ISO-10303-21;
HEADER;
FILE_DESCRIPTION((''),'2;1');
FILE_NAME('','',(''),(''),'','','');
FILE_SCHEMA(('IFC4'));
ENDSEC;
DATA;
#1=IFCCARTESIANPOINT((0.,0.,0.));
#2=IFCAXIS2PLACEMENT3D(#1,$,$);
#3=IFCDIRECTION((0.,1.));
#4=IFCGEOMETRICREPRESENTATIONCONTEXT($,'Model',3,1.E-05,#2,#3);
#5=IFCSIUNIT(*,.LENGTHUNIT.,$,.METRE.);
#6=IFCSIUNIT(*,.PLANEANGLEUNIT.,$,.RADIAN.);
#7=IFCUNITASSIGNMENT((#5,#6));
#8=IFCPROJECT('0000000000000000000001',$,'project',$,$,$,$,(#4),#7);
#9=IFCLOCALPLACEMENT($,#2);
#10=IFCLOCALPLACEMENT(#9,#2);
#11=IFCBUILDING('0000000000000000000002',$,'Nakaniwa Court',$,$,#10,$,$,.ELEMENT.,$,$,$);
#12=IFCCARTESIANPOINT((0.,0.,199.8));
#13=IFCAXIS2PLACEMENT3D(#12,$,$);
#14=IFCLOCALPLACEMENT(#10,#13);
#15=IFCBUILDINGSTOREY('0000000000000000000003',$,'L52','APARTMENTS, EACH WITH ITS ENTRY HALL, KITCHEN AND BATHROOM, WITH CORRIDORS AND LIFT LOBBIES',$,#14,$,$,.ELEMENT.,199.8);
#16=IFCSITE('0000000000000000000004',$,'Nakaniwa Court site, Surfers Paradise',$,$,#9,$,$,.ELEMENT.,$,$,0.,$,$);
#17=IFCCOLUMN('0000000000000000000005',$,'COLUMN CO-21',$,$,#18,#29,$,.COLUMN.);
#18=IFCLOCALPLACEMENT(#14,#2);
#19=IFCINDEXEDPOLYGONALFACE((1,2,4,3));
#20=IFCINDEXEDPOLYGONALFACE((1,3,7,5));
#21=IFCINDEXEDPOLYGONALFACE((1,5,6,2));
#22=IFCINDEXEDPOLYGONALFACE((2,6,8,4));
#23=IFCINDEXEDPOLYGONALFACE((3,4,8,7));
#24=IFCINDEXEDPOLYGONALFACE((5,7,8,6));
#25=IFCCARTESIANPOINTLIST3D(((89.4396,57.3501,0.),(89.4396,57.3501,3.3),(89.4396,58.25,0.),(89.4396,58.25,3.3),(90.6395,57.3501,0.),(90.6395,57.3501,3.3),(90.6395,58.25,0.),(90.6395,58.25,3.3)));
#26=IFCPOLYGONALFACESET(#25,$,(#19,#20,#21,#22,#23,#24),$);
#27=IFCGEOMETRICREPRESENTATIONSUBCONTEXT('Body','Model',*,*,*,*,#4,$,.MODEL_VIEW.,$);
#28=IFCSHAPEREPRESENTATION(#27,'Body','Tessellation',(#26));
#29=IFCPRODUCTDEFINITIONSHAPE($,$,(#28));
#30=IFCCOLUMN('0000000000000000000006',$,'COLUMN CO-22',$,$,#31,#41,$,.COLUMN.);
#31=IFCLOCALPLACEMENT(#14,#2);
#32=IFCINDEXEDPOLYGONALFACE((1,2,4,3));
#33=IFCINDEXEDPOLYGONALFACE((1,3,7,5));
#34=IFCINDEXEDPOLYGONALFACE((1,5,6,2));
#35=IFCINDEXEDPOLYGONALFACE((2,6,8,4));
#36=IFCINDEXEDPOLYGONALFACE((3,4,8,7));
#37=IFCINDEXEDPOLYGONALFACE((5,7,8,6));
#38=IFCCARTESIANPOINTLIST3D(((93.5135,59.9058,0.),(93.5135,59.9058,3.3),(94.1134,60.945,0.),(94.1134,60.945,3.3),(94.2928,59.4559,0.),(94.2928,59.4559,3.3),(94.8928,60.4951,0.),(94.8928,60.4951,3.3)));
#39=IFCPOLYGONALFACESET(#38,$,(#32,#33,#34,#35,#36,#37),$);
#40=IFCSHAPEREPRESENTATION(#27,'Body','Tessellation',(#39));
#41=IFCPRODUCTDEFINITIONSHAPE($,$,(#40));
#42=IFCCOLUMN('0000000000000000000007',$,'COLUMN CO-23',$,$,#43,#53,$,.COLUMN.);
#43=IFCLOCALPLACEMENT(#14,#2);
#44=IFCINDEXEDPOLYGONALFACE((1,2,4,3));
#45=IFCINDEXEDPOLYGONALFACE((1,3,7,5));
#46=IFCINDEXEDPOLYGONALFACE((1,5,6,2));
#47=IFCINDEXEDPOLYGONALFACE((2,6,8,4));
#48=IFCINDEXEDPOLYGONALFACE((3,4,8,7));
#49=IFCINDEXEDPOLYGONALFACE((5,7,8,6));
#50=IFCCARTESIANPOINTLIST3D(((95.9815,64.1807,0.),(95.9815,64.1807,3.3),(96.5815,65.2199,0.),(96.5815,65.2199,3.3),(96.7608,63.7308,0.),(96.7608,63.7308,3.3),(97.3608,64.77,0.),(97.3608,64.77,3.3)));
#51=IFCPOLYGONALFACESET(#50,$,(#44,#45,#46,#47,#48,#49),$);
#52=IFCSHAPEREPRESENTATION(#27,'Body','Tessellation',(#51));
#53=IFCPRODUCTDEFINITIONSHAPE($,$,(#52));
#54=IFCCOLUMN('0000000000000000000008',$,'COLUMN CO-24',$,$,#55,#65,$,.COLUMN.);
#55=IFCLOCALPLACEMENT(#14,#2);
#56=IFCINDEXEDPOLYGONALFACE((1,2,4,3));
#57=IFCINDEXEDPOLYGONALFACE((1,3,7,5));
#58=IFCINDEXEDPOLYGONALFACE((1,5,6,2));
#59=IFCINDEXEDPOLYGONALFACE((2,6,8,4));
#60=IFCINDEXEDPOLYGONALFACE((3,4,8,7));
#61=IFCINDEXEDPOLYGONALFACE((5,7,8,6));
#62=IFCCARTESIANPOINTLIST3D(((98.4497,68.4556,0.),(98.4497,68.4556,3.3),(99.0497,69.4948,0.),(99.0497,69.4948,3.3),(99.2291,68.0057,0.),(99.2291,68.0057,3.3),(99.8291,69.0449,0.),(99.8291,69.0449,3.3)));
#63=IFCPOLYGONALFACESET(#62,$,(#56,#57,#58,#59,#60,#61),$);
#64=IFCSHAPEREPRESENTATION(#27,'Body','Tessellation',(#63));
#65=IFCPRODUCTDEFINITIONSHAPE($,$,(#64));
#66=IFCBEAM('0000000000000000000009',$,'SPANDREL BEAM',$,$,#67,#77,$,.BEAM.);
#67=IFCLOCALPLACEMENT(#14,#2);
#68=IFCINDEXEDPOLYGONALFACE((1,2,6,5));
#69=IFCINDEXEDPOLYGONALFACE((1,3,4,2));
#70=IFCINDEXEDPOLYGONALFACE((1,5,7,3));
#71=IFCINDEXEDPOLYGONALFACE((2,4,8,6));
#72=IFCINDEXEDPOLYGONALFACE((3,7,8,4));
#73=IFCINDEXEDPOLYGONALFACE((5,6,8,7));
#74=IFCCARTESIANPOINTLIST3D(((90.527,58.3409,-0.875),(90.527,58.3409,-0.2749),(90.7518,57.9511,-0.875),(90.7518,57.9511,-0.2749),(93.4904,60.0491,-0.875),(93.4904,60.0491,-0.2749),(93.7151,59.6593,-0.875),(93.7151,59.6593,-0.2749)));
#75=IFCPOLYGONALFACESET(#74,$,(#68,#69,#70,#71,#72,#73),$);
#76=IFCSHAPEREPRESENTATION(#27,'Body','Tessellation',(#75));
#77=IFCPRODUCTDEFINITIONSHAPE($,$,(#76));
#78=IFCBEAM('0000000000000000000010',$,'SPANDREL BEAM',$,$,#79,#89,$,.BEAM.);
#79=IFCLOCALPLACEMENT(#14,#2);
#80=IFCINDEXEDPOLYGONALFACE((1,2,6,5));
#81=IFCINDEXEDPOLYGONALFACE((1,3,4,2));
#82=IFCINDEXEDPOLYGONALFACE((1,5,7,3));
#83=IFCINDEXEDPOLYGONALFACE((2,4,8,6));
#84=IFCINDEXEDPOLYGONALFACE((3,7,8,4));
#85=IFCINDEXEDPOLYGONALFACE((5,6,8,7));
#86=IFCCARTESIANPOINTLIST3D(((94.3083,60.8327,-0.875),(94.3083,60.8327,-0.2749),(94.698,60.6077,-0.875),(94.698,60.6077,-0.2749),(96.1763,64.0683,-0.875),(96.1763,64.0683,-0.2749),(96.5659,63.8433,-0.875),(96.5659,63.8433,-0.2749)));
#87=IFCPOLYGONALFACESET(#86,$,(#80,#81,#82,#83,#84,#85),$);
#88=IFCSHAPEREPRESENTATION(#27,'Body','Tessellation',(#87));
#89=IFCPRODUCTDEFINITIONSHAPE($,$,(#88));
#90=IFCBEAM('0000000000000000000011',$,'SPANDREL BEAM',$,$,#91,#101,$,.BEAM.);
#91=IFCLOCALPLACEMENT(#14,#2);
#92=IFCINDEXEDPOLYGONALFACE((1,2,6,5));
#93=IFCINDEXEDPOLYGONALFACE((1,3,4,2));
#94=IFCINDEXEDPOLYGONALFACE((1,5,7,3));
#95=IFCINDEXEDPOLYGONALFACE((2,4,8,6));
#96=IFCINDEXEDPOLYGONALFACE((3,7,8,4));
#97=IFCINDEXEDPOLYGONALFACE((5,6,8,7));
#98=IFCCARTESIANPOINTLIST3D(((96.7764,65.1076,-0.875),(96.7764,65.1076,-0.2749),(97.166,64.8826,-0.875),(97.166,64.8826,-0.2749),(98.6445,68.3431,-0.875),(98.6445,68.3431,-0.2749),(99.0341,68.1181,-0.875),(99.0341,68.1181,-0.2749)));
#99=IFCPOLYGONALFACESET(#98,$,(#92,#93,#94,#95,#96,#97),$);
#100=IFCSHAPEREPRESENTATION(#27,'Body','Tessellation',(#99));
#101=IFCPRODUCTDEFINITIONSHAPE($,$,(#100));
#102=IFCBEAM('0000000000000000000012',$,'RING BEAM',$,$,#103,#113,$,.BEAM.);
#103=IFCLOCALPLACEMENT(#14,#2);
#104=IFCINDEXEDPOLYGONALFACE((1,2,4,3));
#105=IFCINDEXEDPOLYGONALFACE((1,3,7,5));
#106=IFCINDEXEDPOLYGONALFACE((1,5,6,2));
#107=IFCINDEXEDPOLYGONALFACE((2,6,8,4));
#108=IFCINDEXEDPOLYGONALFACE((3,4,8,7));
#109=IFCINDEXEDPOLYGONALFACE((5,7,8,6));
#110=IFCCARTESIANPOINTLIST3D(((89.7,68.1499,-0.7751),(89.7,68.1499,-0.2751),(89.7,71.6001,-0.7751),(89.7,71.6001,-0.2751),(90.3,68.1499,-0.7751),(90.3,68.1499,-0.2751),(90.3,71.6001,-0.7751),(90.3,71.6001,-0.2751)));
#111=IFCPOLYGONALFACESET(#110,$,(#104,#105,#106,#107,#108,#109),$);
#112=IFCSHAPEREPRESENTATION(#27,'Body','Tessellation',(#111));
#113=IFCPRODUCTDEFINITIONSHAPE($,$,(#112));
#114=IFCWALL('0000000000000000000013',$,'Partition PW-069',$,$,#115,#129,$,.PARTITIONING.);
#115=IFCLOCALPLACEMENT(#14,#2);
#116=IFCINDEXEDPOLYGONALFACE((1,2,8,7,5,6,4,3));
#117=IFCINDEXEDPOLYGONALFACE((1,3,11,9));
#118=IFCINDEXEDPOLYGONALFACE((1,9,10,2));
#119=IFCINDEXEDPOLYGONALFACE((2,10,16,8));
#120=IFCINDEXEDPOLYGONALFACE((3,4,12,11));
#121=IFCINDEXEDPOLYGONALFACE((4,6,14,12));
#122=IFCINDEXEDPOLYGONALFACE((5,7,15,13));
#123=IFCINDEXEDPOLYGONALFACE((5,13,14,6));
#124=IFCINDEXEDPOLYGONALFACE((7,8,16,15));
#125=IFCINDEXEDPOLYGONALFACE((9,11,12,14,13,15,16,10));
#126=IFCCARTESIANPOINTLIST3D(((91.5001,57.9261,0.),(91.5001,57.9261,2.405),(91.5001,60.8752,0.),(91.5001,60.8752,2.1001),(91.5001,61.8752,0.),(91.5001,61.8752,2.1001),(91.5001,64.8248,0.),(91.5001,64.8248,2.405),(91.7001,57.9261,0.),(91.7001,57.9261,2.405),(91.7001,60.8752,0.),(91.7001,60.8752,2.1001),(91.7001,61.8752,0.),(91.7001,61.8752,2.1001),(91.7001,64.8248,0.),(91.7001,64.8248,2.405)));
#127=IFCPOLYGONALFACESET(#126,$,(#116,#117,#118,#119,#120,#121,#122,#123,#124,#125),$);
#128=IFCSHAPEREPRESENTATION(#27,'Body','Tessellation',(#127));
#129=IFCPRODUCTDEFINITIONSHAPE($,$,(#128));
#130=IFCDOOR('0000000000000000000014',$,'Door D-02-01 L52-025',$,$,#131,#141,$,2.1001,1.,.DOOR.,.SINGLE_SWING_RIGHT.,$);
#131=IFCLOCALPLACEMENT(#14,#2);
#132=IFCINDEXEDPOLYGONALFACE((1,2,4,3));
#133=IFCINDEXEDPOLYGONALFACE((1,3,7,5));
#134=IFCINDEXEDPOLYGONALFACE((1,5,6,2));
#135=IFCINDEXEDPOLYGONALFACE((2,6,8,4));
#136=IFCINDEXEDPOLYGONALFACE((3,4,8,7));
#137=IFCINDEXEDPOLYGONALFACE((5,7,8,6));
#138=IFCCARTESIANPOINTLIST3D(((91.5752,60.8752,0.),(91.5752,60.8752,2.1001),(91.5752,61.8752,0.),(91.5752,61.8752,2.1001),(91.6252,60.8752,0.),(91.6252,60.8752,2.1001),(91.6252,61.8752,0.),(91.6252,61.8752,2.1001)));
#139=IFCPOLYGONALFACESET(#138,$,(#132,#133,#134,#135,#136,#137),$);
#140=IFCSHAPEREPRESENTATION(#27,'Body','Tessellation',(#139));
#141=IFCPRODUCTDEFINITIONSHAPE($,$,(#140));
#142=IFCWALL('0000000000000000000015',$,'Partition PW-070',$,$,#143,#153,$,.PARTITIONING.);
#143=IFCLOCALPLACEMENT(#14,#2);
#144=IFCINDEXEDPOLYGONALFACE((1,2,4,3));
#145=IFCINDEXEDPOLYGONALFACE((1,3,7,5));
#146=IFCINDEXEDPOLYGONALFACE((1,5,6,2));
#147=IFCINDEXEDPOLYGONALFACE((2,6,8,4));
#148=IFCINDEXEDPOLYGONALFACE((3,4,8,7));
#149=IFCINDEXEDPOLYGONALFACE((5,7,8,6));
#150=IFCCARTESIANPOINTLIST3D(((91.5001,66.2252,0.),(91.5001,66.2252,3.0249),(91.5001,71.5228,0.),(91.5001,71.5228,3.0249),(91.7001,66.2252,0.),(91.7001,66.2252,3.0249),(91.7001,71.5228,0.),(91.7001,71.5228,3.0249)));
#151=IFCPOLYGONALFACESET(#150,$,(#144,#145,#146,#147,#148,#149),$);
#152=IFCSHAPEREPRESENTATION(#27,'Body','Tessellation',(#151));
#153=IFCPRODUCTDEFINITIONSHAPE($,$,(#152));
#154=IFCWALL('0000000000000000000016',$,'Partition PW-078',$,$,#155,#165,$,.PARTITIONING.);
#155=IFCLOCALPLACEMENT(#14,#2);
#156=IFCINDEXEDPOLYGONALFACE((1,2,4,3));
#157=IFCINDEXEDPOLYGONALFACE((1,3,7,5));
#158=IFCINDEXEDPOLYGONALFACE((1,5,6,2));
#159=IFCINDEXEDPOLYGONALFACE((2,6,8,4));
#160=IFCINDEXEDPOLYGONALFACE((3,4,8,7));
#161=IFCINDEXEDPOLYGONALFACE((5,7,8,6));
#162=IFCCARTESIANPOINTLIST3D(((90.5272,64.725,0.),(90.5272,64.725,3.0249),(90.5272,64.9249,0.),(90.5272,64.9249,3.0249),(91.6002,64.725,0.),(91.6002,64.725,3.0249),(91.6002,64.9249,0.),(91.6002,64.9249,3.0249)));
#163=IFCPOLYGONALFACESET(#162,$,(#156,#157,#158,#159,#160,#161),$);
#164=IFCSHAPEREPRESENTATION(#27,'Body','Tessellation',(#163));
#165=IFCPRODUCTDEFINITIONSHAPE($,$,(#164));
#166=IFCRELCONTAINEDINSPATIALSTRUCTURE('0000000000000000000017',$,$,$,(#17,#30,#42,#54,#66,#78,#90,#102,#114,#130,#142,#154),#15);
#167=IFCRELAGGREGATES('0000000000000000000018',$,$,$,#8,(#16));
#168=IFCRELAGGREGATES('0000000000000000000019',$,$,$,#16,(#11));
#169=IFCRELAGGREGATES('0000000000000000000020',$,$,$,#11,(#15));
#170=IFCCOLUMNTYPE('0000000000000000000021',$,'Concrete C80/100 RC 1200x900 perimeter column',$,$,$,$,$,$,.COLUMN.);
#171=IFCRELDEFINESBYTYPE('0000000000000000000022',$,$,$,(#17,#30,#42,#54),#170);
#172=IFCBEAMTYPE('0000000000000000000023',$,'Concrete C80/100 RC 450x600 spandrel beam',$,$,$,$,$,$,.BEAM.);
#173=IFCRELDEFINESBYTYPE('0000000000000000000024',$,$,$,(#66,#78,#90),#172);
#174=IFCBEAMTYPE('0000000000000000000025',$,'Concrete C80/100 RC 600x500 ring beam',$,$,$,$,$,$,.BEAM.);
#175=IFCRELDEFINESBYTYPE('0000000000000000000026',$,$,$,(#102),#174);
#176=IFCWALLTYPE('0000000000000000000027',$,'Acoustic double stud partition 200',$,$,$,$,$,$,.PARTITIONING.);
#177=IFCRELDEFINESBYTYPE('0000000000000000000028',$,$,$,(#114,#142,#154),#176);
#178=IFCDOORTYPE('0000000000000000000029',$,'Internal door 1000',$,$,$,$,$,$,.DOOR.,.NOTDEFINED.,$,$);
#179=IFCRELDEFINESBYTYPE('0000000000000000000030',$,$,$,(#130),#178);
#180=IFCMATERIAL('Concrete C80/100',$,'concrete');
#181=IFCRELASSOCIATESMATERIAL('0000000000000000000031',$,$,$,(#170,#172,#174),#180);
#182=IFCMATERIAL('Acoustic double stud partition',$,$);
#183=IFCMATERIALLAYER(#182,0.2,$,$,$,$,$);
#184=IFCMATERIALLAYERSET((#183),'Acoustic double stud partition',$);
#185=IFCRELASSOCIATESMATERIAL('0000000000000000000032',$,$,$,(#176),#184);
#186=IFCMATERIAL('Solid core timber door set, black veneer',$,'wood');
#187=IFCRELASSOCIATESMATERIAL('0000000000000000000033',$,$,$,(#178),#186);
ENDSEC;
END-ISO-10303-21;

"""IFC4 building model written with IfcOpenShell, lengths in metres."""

from ifc_helpers import new_model, si_unit, direction, frame, frame_2d, origin, origin_2d, place, context, subcontext, project, spatial, rectangle, extrude, material, layer, layer_set, material_profile, profile_set, type_object, element, fill, save


model = new_model("IFC4")

# Units and contexts
model_context = context("Model", 3, precision=1e-05, world=origin(), true_north=direction((0.0, 1.0)))
body_context = subcontext(model_context, "Body", "Model", "MODEL_VIEW")
ifc_project = project(units=[si_unit("LENGTHUNIT", "METRE"), si_unit("PLANEANGLEUNIT", "RADIAN")], contexts=[model_context])

# Site, building, storey
site_placement = place(None, origin())
site = spatial("IfcSite", under=ifc_project, at=site_placement, Name="Nakaniwa Court site, Surfers Paradise", CompositionType="ELEMENT", RefElevation=0.0)
building_placement = place(site_placement, origin())
building = spatial("IfcBuilding", under=site, at=building_placement, Name="Nakaniwa Court", CompositionType="ELEMENT")
storey_placement = place(building_placement, frame((0.0, 0.0, 199.8)))
storey = spatial("IfcBuildingStorey", under=building, at=storey_placement, Name="L52", Description="APARTMENTS, EACH WITH ITS ENTRY HALL, KITCHEN AND BATHROOM, WITH CORRIDORS AND LIFT LOBBIES", CompositionType="ELEMENT", Elevation=199.8)

# Columns
ifc_material_1 = material(Name="Concrete C80/100", Category="concrete")
ifc_material_profile_1 = material_profile(ifc_material_1, rectangle(XDim=1.2, YDim=0.8999, at=origin_2d()), Name="Concrete C80/100 RC 1200x900 perimeter column")
ifc_profile_set_1 = profile_set([ifc_material_profile_1], Name="Concrete C80/100")
column_type = type_object("IfcColumnType", Name="Concrete C80/100 RC 1200x900 perimeter column", PredefinedType="COLUMN", material=ifc_profile_set_1)
for number, where, z_axis, x_axis, name in (
    (1, (90.0396, 57.8, 0.0), (0.0, 0.0, 1.0), (1.0, 0.0, 0.0), "COLUMN CO-21"),
    (2, (94.2031, 60.2004, 0.0), (0.0, 0.0, 1.0), (0.5, 0.866025, 0.0), "COLUMN CO-22"),
    (3, (96.6711, 64.4753, 0.0), (0.0, 0.0, 1.0), (0.5, 0.866025, 0.0), "COLUMN CO-23"),
    (4, (99.1394, 68.7502, 0.0), (0.0, 0.0, 1.0), (0.5, 0.866025, 0.0), "COLUMN CO-24"),
):
    element("IfcColumn", number, at=place(storey_placement, frame(where, z_axis=z_axis, x_axis=x_axis)), inside=storey, type_object=column_type, Name=name, PredefinedType="COLUMN", context=body_context, shape_type="SweptSolid", body=[
        extrude(rectangle(XDim=1.2, YDim=0.8999, at=origin_2d()), origin(), (0.0, 0.0, 1.0), 3.3),
    ])

# Beams
ifc_material_profile_2 = material_profile(ifc_material_1, rectangle(XDim=0.45, YDim=0.6001, at=origin_2d()), Name="Concrete C80/100 RC 450x600 spandrel beam")
ifc_profile_set_2 = profile_set([ifc_material_profile_2], Name="Concrete C80/100")
beam_type_1 = type_object("IfcBeamType", Name="Concrete C80/100 RC 450x600 spandrel beam", PredefinedType="BEAM", material=ifc_profile_set_2)
beam_1_placement = place(storey_placement, frame((90.6394, 58.146, -0.575), z_axis=(0.866361, 0.499418, 0.0), x_axis=(-0.499418, 0.866361, 0.0)))
element("IfcBeam", 5, at=beam_1_placement, inside=storey, type_object=beam_type_1, Name="SPANDREL BEAM", PredefinedType="BEAM", context=body_context, shape_type="SweptSolid", body=[
    extrude(rectangle(XDim=0.45, YDim=0.6001, at=origin_2d()), origin(), (0.0, 0.0, 1.0), 3.4204),
])
for number, where, z_axis, x_axis, name in (
    (6, (94.5032, 60.7202, -0.575), (0.499969, 0.866043, 0.0), (-0.866043, 0.499969, 0.0), "SPANDREL BEAM"),
    (7, (96.9712, 64.9951, -0.575), (0.500018, 0.866015, 0.0), (-0.866015, 0.500018, 0.0), "SPANDREL BEAM"),
):
    element("IfcBeam", number, at=place(storey_placement, frame(where, z_axis=z_axis, x_axis=x_axis)), inside=storey, type_object=beam_type_1, Name=name, PredefinedType="BEAM", context=body_context, shape_type="SweptSolid", body=[
        extrude(rectangle(XDim=0.45, YDim=0.6001, at=origin_2d()), origin(), (0.0, 0.0, 1.0), 3.7361),
    ])
ifc_material_profile_3 = material_profile(ifc_material_1, rectangle(XDim=0.6001, YDim=0.5, at=origin_2d()), Name="Concrete C80/100 RC 600x500 ring beam")
ifc_profile_set_3 = profile_set([ifc_material_profile_3], Name="Concrete C80/100")
beam_type_2 = type_object("IfcBeamType", Name="Concrete C80/100 RC 600x500 ring beam", PredefinedType="BEAM", material=ifc_profile_set_3)
beam_2_placement = place(storey_placement, frame((90.0, 68.1499, -0.5251), z_axis=(0.0, 1.0, 0.0), x_axis=(-1.0, 0.0, 0.0)))
element("IfcBeam", 8, at=beam_2_placement, inside=storey, type_object=beam_type_2, Name="RING BEAM", PredefinedType="BEAM", context=body_context, shape_type="SweptSolid", body=[
    extrude(rectangle(XDim=0.6001, YDim=0.5, at=origin_2d()), origin(), (0.0, 0.0, 1.0), 3.4502),
])

# Wall, opening, door
ifc_material_2 = material(Name="Acoustic double stud partition")
ifc_layer_1 = layer(ifc_material_2, 0.2)
ifc_layer_set_1 = layer_set([ifc_layer_1], Name="Acoustic double stud partition")
wall_type_1 = type_object("IfcWallType", Name="Acoustic double stud partition 200", PredefinedType="PARTITIONING", material=ifc_layer_set_1)
wall_1_placement = place(storey_placement, frame((91.6001, 57.9263, 0.0), z_axis=(0.0, 0.0, 1.0), x_axis=(0.0, 1.0, 0.0)))
wall_1 = element("IfcWall", 9, at=wall_1_placement, inside=storey, type_object=wall_type_1, Name="Partition PW-069", PredefinedType="PARTITIONING", context=body_context, shape_type="SweptSolid", body=[
    extrude(rectangle(XDim=6.8987, YDim=0.2, at=frame_2d((3.4492, 0.0))), origin(), (0.0, 0.0, 1.0), 2.405),
])
opening_1_placement = place(wall_1_placement, frame((2.949, 0.0, 0.0)))
opening_1 = element("IfcOpeningElement", 10, at=opening_1_placement, cuts=wall_1, PredefinedType="OPENING", context=body_context, shape_type="SweptSolid", body=[
    extrude(rectangle(XDim=1.0, YDim=2.1001, at=frame_2d((0.5, 1.05))), frame((0.0, 0.1099, 0.0), z_axis=(0.0, -1.0, 0.0), x_axis=(1.0, 0.0, 0.0)), (0.0, 0.0, 1.0), 0.22),
])
ifc_material_3 = material(Name="Solid core timber door set, black veneer", Category="wood")
door_type_1 = type_object("IfcDoorType", Name="Internal door 1000", OperationType="NOTDEFINED", PredefinedType="DOOR", material=ifc_material_3)
door_1_placement = place(opening_1_placement, origin())
door_1 = element("IfcDoor", 11, at=door_1_placement, inside=storey, type_object=door_type_1, Name="Door D-02-01 L52-025", OperationType="SINGLE_SWING_RIGHT", OverallHeight=2.1001, OverallWidth=1.0, PredefinedType="DOOR", context=body_context, shape_type="SweptSolid", body=[
    extrude(rectangle(XDim=1.0, YDim=2.1001, at=frame_2d((0.5, 1.05))), frame((0.0, 0.0249, 0.0), z_axis=(0.0, -1.0, 0.0), x_axis=(1.0, 0.0, 0.0)), (0.0, 0.0, 1.0), 0.05),
])
fill(opening_1, door_1)

# Walls
wall_2_placement = place(storey_placement, frame((91.6001, 66.2251, 0.0), z_axis=(0.0, 0.0, 1.0), x_axis=(0.0, 1.0, 0.0)))
element("IfcWall", 12, at=wall_2_placement, inside=storey, type_object=wall_type_1, Name="Partition PW-070", PredefinedType="PARTITIONING", context=body_context, shape_type="SweptSolid", body=[
    extrude(rectangle(XDim=5.2976, YDim=0.2, at=frame_2d((2.6489, 0.0))), origin(), (0.0, 0.0, 1.0), 3.0249),
])
wall_3_placement = place(storey_placement, frame((90.5271, 64.825, 0.0), z_axis=(0.0, 0.0, 1.0), x_axis=(1.0, 0.0, 0.0)))
element("IfcWall", 13, at=wall_3_placement, inside=storey, type_object=wall_type_1, Name="Partition PW-078", PredefinedType="PARTITIONING", context=body_context, shape_type="SweptSolid", body=[
    extrude(rectangle(XDim=1.073, YDim=0.2, at=frame_2d((0.5366, 0.0))), origin(), (0.0, 0.0, 1.0), 3.0249),
])

save(model, "model.ifc")
